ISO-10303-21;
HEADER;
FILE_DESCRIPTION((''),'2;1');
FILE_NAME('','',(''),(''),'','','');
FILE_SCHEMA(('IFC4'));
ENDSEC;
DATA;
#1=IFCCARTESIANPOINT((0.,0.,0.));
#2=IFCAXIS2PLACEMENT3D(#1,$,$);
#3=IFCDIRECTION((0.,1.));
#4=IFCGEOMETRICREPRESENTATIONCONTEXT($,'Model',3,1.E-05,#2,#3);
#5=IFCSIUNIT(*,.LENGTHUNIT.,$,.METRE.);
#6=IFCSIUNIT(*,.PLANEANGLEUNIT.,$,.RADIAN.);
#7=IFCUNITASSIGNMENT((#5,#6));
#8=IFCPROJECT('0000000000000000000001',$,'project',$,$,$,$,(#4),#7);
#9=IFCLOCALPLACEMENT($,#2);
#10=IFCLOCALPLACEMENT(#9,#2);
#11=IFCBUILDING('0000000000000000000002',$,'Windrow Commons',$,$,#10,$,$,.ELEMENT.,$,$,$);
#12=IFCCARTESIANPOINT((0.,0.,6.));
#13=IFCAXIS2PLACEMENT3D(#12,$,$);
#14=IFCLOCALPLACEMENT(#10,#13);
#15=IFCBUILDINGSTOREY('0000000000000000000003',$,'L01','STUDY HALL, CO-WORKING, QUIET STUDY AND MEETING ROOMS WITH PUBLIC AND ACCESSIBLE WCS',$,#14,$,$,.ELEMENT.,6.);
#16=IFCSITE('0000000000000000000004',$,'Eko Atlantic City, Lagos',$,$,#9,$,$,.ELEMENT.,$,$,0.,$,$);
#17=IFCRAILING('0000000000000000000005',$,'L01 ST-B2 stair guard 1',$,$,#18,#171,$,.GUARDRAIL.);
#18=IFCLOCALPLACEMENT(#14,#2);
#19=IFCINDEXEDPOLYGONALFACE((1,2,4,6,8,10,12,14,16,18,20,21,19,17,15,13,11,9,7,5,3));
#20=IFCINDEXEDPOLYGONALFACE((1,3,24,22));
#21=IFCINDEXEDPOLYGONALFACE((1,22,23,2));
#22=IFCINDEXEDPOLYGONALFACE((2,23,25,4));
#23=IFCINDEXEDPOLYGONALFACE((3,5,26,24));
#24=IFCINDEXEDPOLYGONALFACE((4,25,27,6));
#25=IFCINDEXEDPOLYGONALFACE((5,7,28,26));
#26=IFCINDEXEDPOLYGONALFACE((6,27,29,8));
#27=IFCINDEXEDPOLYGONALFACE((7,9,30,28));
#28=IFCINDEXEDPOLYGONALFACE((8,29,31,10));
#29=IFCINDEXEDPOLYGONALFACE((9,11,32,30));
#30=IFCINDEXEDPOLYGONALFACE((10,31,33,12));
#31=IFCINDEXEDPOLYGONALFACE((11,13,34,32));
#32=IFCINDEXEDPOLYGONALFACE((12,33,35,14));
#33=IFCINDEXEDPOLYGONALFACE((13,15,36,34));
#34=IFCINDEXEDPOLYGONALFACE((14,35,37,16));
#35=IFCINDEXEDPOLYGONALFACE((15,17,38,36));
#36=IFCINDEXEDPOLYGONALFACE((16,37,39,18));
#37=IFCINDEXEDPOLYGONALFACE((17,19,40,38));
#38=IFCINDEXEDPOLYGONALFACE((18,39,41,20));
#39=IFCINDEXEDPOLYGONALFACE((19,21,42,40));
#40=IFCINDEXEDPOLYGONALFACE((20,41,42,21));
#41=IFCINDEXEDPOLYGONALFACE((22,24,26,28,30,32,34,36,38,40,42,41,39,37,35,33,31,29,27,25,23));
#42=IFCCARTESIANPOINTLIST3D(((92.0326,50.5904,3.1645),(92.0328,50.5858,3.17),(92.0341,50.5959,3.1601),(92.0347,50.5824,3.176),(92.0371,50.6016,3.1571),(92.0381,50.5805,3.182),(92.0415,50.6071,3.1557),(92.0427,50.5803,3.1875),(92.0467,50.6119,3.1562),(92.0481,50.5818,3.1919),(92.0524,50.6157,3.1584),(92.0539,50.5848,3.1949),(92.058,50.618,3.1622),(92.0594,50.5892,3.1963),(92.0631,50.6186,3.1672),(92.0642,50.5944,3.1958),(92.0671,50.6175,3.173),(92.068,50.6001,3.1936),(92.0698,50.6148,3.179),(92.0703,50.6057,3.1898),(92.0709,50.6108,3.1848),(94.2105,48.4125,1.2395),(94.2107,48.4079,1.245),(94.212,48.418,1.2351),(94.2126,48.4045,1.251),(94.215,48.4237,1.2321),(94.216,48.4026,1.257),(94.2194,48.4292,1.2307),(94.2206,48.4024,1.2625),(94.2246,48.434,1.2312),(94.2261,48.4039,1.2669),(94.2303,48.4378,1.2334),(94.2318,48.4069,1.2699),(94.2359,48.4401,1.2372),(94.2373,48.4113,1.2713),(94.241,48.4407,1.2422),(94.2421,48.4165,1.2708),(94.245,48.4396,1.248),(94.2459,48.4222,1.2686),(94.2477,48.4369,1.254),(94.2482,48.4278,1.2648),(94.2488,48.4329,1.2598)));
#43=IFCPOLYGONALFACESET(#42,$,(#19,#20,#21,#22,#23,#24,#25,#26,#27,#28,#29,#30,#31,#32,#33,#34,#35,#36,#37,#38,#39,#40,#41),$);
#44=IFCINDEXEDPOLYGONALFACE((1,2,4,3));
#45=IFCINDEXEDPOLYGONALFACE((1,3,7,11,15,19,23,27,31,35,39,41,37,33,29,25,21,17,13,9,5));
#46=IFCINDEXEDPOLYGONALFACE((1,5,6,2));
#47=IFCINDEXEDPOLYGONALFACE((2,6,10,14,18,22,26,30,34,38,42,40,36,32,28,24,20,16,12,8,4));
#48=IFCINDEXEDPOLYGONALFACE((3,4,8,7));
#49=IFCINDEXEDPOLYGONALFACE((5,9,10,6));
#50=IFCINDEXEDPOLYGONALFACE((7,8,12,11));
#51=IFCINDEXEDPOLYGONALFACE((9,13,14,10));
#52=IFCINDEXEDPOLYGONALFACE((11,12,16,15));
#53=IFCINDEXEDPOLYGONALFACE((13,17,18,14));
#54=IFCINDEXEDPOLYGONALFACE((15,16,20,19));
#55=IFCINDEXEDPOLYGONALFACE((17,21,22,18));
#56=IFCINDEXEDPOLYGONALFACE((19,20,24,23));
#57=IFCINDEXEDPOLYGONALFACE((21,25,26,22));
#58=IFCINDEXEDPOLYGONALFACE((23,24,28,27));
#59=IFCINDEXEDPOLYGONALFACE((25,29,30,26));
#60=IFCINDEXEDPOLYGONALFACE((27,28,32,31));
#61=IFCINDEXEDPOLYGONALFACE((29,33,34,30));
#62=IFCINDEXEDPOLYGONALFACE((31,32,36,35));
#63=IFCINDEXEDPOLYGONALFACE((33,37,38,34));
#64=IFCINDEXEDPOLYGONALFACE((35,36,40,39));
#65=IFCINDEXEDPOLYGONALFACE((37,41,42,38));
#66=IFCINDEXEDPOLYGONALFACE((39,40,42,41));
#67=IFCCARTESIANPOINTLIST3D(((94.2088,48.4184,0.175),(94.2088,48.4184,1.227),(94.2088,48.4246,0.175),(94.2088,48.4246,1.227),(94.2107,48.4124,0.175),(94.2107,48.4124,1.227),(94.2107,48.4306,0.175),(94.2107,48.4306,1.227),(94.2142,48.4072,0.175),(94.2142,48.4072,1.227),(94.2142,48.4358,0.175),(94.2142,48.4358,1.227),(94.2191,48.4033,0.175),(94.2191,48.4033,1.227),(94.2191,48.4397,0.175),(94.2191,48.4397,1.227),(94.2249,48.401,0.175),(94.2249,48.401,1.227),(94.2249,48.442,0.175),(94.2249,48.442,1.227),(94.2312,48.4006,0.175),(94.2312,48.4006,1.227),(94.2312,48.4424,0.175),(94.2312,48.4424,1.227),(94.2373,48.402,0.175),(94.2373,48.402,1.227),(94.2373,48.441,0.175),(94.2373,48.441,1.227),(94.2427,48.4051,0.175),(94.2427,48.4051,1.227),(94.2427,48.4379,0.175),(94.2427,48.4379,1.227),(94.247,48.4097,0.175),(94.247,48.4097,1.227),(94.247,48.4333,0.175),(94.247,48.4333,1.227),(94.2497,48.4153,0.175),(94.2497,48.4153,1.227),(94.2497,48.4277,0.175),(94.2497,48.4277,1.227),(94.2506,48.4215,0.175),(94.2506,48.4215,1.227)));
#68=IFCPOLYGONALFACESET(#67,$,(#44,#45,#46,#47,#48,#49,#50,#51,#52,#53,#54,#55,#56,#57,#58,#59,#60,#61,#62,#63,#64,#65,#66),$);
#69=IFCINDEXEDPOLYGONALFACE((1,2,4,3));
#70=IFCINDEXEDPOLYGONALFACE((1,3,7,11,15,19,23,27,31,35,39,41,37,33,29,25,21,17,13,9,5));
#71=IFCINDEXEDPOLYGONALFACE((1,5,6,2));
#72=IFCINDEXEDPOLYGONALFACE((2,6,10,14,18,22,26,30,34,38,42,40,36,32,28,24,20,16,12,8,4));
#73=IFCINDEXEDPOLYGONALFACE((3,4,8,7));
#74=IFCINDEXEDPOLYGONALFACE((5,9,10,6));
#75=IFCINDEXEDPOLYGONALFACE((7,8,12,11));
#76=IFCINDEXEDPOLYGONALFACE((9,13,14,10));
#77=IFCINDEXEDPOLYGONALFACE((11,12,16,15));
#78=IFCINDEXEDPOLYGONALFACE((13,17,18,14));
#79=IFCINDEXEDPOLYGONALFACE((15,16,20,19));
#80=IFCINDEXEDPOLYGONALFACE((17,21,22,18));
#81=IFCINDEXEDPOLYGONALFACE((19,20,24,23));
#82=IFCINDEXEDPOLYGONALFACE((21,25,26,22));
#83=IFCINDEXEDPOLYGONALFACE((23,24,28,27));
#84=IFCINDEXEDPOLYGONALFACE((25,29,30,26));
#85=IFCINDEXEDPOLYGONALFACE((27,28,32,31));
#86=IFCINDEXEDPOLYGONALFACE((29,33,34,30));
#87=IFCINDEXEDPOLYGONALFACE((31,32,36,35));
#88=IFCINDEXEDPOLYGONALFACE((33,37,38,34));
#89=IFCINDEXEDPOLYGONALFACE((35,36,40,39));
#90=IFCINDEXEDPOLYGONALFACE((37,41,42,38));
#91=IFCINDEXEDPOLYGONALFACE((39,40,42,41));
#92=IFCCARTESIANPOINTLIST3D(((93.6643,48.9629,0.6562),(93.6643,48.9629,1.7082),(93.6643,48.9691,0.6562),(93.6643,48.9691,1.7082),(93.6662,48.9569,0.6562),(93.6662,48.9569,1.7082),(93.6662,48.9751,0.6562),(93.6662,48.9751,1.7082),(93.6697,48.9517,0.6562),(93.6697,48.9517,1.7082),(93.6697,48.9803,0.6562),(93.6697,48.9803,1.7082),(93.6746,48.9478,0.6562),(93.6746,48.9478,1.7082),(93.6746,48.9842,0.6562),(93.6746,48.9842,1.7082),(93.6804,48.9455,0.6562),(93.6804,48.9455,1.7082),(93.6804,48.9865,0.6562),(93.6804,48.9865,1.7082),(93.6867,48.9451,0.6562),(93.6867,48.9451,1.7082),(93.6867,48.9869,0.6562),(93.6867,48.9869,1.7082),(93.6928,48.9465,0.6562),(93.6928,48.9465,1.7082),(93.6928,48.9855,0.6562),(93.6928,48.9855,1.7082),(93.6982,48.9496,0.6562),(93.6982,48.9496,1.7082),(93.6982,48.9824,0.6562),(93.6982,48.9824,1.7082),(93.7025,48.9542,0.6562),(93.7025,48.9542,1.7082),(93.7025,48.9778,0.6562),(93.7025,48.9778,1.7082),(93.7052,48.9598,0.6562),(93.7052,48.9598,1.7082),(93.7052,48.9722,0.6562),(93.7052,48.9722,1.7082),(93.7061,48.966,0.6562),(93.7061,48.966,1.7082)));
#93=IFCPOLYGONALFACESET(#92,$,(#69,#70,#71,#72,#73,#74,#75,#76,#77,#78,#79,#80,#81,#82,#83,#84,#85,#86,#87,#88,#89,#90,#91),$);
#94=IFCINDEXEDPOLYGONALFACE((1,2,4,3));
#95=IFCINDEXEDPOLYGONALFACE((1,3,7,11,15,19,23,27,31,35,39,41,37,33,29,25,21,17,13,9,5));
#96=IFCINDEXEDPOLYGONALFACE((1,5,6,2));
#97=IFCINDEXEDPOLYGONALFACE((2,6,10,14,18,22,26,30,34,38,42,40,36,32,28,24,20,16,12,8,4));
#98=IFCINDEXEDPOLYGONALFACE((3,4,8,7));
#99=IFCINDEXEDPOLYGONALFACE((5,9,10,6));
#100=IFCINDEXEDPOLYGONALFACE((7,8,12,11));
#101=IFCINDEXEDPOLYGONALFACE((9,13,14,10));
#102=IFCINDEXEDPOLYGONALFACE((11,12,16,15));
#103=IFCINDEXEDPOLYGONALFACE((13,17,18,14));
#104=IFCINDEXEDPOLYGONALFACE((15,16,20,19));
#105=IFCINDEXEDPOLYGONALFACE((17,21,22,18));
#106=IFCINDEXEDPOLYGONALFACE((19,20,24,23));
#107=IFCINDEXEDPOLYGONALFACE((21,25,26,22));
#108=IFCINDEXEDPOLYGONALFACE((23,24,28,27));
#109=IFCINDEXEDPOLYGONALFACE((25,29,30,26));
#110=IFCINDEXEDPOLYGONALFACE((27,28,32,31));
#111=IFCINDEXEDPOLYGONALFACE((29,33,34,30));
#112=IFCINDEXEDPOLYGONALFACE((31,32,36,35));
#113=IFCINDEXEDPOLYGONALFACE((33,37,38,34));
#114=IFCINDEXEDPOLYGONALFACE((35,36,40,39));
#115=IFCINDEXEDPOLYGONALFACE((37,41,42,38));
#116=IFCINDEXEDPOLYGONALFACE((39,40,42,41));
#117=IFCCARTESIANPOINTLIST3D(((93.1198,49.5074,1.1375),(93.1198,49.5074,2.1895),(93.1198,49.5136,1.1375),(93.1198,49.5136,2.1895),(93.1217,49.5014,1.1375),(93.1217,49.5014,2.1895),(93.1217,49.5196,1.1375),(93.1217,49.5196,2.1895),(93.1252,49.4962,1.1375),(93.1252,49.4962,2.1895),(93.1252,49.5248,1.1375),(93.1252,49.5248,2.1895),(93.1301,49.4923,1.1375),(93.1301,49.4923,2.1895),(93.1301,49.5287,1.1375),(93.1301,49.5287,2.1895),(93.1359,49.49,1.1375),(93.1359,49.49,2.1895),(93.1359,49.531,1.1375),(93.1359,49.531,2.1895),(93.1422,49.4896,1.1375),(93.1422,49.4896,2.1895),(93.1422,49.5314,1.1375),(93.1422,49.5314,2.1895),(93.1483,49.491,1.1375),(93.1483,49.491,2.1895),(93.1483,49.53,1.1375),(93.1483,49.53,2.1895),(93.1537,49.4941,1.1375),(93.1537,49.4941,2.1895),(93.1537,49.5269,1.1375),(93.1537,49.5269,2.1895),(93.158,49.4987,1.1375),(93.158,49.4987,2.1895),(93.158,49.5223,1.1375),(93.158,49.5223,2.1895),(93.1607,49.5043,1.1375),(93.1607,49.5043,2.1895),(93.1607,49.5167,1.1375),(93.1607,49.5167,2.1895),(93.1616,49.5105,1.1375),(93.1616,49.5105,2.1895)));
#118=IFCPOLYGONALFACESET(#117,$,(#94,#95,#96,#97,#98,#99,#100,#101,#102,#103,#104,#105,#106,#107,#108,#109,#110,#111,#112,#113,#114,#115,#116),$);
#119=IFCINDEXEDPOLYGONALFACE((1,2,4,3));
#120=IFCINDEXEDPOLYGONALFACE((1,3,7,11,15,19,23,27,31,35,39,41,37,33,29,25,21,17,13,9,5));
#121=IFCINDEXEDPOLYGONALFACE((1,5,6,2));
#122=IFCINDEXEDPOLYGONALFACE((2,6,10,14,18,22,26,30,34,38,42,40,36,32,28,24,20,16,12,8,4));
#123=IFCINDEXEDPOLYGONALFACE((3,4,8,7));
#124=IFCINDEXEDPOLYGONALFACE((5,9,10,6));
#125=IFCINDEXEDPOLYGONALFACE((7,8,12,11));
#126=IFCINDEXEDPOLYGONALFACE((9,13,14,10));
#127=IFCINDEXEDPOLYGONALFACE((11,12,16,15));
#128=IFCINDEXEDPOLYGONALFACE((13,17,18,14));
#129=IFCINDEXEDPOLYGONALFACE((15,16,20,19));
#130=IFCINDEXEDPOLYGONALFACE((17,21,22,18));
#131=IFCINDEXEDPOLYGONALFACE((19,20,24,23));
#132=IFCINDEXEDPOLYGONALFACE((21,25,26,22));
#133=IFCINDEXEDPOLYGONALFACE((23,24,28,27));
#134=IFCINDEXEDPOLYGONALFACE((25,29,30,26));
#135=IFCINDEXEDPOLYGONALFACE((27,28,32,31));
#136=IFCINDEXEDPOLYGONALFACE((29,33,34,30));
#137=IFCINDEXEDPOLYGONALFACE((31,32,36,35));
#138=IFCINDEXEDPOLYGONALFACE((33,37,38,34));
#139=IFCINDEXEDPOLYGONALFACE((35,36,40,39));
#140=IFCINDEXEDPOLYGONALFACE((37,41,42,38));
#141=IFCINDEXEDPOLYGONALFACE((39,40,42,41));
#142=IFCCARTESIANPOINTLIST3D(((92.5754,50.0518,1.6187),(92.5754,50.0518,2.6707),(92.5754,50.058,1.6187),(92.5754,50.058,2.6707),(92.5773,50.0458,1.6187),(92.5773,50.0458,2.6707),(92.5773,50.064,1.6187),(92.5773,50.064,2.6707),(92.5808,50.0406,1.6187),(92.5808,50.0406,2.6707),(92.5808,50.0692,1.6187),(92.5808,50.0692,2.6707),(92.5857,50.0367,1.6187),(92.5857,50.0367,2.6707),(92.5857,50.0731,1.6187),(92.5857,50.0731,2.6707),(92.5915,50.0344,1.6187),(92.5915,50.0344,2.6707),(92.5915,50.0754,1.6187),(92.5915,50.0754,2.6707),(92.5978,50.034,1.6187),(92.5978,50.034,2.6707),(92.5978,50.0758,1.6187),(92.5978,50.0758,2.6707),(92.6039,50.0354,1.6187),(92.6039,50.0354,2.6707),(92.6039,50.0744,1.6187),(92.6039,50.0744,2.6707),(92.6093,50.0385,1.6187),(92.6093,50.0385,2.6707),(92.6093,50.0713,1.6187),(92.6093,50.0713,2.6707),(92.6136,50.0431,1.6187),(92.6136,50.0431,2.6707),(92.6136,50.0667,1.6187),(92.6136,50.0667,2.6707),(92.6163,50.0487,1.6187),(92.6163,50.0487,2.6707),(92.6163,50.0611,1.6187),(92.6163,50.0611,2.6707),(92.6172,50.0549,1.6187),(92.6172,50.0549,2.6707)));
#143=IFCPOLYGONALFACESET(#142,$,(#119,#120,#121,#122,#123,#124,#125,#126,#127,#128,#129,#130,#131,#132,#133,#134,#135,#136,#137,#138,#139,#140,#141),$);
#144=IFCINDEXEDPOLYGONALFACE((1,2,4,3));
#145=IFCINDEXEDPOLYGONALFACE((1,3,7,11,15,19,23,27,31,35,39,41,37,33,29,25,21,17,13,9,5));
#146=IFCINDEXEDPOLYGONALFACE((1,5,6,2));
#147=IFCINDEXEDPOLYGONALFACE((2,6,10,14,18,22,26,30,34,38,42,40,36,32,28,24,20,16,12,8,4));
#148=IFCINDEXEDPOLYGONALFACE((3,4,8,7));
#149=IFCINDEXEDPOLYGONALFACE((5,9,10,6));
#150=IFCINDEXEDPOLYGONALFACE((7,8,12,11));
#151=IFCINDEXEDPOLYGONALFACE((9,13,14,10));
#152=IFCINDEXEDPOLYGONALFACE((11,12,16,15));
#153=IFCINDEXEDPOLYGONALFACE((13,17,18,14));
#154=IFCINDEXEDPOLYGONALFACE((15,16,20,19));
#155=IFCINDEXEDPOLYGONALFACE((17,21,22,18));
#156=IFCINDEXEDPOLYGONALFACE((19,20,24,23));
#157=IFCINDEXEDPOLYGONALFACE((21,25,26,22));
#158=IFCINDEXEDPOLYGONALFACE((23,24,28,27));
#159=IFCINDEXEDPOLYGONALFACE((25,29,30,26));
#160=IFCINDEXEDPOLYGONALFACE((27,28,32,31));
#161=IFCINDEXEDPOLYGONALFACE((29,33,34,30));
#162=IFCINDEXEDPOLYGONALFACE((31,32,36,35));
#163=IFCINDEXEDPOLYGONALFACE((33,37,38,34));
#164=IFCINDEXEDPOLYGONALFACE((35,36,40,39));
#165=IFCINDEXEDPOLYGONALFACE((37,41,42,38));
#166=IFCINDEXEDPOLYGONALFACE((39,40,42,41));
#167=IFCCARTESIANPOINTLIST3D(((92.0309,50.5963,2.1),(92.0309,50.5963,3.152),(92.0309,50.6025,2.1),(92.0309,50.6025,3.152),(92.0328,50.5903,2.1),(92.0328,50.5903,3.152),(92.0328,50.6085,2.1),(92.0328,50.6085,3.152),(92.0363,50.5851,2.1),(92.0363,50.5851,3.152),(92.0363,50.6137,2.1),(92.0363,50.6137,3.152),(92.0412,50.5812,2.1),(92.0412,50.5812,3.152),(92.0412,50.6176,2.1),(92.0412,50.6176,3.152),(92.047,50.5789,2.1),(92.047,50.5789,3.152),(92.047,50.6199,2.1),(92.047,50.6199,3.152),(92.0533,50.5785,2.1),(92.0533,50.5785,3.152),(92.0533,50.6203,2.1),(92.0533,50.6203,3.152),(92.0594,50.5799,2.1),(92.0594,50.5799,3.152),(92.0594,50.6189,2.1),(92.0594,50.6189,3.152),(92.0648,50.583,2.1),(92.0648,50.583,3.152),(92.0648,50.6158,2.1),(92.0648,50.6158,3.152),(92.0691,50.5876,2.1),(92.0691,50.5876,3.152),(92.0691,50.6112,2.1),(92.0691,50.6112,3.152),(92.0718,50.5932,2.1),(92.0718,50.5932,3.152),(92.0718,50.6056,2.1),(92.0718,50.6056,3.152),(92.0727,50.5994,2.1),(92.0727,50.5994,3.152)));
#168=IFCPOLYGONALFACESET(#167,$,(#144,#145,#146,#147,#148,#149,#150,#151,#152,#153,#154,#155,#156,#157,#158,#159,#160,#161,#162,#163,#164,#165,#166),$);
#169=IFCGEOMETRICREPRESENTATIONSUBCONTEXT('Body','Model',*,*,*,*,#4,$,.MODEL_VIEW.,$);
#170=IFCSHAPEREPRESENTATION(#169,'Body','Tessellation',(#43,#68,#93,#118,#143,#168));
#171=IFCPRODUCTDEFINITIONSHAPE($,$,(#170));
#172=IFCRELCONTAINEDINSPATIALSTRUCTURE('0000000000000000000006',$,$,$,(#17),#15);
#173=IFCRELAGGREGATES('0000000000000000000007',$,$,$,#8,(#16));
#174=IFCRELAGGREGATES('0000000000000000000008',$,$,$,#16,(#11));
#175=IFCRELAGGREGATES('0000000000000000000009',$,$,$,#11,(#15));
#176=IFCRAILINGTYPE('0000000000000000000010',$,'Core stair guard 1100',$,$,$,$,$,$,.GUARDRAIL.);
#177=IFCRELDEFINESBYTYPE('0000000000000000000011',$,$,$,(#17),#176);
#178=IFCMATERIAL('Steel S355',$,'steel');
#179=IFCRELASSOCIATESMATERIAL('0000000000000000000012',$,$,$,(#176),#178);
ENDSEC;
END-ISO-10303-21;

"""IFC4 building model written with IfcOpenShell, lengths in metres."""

from ifc_helpers import new_model, si_unit, direction, frame, origin, origin_2d, place, context, subcontext, project, spatial, circle, extrude, material, type_object, element, save


model = new_model("IFC4")

# Units and contexts
model_context = context("Model", 3, precision=1e-05, world=origin(), true_north=direction((0.0, 1.0)))
body_context = subcontext(model_context, "Body", "Model", "MODEL_VIEW")
ifc_project = project(units=[si_unit("LENGTHUNIT", "METRE"), si_unit("PLANEANGLEUNIT", "RADIAN")], contexts=[model_context])

# Site, building, storey
site_placement = place(None, origin())
site = spatial("IfcSite", under=ifc_project, at=site_placement, Name="Eko Atlantic City, Lagos", CompositionType="ELEMENT", RefElevation=0.0)
building_placement = place(site_placement, origin())
building = spatial("IfcBuilding", under=site, at=building_placement, Name="Windrow Commons", CompositionType="ELEMENT")
storey_placement = place(building_placement, frame((0.0, 0.0, 6.0)))
storey = spatial("IfcBuildingStorey", under=building, at=storey_placement, Name="L01", Description="STUDY HALL, CO-WORKING, QUIET STUDY AND MEETING ROOMS WITH PUBLIC AND ACCESSIBLE WCS", CompositionType="ELEMENT", Elevation=6.0)

# Railing
ifc_material_1 = material(Name="Steel S355", Category="steel")
railing_type_1 = type_object("IfcRailingType", Name="Core stair guard 1100", PredefinedType="GUARDRAIL", material=ifc_material_1)
railing_1_placement = place(storey_placement, frame((94.2296, 48.4215, 0.175)))
element("IfcRailing", 1, at=railing_1_placement, inside=storey, type_object=railing_type_1, Name="L01 ST-B2 stair guard 1", PredefinedType="GUARDRAIL", context=body_context, shape_type="SweptSolid", body=[
    extrude(circle(Radius=0.024, at=origin_2d()), frame((0.0, 0.0, 1.076), z_axis=(-0.599626, 0.599626, 0.529997), x_axis=(-0.707107, -0.707107, 0.0)), (0.0, 0.0, 1.0), 3.6321),
    extrude(circle(Radius=0.021, at=origin_2d()), origin(), (0.0, 0.0, 1.0), 1.052),
    extrude(circle(Radius=0.021, at=origin_2d()), frame((-0.5445, 0.5445, 0.4812)), (0.0, 0.0, 1.0), 1.052),
    extrude(circle(Radius=0.021, at=origin_2d()), frame((-1.089, 1.089, 0.9625)), (0.0, 0.0, 1.0), 1.052),
    extrude(circle(Radius=0.021, at=origin_2d()), frame((-1.6334, 1.6334, 1.4437)), (0.0, 0.0, 1.0), 1.052),
    extrude(circle(Radius=0.021, at=origin_2d()), frame((-2.1779, 2.1779, 1.925)), (0.0, 0.0, 1.0), 1.052),
])

save(model, "model.ifc")
